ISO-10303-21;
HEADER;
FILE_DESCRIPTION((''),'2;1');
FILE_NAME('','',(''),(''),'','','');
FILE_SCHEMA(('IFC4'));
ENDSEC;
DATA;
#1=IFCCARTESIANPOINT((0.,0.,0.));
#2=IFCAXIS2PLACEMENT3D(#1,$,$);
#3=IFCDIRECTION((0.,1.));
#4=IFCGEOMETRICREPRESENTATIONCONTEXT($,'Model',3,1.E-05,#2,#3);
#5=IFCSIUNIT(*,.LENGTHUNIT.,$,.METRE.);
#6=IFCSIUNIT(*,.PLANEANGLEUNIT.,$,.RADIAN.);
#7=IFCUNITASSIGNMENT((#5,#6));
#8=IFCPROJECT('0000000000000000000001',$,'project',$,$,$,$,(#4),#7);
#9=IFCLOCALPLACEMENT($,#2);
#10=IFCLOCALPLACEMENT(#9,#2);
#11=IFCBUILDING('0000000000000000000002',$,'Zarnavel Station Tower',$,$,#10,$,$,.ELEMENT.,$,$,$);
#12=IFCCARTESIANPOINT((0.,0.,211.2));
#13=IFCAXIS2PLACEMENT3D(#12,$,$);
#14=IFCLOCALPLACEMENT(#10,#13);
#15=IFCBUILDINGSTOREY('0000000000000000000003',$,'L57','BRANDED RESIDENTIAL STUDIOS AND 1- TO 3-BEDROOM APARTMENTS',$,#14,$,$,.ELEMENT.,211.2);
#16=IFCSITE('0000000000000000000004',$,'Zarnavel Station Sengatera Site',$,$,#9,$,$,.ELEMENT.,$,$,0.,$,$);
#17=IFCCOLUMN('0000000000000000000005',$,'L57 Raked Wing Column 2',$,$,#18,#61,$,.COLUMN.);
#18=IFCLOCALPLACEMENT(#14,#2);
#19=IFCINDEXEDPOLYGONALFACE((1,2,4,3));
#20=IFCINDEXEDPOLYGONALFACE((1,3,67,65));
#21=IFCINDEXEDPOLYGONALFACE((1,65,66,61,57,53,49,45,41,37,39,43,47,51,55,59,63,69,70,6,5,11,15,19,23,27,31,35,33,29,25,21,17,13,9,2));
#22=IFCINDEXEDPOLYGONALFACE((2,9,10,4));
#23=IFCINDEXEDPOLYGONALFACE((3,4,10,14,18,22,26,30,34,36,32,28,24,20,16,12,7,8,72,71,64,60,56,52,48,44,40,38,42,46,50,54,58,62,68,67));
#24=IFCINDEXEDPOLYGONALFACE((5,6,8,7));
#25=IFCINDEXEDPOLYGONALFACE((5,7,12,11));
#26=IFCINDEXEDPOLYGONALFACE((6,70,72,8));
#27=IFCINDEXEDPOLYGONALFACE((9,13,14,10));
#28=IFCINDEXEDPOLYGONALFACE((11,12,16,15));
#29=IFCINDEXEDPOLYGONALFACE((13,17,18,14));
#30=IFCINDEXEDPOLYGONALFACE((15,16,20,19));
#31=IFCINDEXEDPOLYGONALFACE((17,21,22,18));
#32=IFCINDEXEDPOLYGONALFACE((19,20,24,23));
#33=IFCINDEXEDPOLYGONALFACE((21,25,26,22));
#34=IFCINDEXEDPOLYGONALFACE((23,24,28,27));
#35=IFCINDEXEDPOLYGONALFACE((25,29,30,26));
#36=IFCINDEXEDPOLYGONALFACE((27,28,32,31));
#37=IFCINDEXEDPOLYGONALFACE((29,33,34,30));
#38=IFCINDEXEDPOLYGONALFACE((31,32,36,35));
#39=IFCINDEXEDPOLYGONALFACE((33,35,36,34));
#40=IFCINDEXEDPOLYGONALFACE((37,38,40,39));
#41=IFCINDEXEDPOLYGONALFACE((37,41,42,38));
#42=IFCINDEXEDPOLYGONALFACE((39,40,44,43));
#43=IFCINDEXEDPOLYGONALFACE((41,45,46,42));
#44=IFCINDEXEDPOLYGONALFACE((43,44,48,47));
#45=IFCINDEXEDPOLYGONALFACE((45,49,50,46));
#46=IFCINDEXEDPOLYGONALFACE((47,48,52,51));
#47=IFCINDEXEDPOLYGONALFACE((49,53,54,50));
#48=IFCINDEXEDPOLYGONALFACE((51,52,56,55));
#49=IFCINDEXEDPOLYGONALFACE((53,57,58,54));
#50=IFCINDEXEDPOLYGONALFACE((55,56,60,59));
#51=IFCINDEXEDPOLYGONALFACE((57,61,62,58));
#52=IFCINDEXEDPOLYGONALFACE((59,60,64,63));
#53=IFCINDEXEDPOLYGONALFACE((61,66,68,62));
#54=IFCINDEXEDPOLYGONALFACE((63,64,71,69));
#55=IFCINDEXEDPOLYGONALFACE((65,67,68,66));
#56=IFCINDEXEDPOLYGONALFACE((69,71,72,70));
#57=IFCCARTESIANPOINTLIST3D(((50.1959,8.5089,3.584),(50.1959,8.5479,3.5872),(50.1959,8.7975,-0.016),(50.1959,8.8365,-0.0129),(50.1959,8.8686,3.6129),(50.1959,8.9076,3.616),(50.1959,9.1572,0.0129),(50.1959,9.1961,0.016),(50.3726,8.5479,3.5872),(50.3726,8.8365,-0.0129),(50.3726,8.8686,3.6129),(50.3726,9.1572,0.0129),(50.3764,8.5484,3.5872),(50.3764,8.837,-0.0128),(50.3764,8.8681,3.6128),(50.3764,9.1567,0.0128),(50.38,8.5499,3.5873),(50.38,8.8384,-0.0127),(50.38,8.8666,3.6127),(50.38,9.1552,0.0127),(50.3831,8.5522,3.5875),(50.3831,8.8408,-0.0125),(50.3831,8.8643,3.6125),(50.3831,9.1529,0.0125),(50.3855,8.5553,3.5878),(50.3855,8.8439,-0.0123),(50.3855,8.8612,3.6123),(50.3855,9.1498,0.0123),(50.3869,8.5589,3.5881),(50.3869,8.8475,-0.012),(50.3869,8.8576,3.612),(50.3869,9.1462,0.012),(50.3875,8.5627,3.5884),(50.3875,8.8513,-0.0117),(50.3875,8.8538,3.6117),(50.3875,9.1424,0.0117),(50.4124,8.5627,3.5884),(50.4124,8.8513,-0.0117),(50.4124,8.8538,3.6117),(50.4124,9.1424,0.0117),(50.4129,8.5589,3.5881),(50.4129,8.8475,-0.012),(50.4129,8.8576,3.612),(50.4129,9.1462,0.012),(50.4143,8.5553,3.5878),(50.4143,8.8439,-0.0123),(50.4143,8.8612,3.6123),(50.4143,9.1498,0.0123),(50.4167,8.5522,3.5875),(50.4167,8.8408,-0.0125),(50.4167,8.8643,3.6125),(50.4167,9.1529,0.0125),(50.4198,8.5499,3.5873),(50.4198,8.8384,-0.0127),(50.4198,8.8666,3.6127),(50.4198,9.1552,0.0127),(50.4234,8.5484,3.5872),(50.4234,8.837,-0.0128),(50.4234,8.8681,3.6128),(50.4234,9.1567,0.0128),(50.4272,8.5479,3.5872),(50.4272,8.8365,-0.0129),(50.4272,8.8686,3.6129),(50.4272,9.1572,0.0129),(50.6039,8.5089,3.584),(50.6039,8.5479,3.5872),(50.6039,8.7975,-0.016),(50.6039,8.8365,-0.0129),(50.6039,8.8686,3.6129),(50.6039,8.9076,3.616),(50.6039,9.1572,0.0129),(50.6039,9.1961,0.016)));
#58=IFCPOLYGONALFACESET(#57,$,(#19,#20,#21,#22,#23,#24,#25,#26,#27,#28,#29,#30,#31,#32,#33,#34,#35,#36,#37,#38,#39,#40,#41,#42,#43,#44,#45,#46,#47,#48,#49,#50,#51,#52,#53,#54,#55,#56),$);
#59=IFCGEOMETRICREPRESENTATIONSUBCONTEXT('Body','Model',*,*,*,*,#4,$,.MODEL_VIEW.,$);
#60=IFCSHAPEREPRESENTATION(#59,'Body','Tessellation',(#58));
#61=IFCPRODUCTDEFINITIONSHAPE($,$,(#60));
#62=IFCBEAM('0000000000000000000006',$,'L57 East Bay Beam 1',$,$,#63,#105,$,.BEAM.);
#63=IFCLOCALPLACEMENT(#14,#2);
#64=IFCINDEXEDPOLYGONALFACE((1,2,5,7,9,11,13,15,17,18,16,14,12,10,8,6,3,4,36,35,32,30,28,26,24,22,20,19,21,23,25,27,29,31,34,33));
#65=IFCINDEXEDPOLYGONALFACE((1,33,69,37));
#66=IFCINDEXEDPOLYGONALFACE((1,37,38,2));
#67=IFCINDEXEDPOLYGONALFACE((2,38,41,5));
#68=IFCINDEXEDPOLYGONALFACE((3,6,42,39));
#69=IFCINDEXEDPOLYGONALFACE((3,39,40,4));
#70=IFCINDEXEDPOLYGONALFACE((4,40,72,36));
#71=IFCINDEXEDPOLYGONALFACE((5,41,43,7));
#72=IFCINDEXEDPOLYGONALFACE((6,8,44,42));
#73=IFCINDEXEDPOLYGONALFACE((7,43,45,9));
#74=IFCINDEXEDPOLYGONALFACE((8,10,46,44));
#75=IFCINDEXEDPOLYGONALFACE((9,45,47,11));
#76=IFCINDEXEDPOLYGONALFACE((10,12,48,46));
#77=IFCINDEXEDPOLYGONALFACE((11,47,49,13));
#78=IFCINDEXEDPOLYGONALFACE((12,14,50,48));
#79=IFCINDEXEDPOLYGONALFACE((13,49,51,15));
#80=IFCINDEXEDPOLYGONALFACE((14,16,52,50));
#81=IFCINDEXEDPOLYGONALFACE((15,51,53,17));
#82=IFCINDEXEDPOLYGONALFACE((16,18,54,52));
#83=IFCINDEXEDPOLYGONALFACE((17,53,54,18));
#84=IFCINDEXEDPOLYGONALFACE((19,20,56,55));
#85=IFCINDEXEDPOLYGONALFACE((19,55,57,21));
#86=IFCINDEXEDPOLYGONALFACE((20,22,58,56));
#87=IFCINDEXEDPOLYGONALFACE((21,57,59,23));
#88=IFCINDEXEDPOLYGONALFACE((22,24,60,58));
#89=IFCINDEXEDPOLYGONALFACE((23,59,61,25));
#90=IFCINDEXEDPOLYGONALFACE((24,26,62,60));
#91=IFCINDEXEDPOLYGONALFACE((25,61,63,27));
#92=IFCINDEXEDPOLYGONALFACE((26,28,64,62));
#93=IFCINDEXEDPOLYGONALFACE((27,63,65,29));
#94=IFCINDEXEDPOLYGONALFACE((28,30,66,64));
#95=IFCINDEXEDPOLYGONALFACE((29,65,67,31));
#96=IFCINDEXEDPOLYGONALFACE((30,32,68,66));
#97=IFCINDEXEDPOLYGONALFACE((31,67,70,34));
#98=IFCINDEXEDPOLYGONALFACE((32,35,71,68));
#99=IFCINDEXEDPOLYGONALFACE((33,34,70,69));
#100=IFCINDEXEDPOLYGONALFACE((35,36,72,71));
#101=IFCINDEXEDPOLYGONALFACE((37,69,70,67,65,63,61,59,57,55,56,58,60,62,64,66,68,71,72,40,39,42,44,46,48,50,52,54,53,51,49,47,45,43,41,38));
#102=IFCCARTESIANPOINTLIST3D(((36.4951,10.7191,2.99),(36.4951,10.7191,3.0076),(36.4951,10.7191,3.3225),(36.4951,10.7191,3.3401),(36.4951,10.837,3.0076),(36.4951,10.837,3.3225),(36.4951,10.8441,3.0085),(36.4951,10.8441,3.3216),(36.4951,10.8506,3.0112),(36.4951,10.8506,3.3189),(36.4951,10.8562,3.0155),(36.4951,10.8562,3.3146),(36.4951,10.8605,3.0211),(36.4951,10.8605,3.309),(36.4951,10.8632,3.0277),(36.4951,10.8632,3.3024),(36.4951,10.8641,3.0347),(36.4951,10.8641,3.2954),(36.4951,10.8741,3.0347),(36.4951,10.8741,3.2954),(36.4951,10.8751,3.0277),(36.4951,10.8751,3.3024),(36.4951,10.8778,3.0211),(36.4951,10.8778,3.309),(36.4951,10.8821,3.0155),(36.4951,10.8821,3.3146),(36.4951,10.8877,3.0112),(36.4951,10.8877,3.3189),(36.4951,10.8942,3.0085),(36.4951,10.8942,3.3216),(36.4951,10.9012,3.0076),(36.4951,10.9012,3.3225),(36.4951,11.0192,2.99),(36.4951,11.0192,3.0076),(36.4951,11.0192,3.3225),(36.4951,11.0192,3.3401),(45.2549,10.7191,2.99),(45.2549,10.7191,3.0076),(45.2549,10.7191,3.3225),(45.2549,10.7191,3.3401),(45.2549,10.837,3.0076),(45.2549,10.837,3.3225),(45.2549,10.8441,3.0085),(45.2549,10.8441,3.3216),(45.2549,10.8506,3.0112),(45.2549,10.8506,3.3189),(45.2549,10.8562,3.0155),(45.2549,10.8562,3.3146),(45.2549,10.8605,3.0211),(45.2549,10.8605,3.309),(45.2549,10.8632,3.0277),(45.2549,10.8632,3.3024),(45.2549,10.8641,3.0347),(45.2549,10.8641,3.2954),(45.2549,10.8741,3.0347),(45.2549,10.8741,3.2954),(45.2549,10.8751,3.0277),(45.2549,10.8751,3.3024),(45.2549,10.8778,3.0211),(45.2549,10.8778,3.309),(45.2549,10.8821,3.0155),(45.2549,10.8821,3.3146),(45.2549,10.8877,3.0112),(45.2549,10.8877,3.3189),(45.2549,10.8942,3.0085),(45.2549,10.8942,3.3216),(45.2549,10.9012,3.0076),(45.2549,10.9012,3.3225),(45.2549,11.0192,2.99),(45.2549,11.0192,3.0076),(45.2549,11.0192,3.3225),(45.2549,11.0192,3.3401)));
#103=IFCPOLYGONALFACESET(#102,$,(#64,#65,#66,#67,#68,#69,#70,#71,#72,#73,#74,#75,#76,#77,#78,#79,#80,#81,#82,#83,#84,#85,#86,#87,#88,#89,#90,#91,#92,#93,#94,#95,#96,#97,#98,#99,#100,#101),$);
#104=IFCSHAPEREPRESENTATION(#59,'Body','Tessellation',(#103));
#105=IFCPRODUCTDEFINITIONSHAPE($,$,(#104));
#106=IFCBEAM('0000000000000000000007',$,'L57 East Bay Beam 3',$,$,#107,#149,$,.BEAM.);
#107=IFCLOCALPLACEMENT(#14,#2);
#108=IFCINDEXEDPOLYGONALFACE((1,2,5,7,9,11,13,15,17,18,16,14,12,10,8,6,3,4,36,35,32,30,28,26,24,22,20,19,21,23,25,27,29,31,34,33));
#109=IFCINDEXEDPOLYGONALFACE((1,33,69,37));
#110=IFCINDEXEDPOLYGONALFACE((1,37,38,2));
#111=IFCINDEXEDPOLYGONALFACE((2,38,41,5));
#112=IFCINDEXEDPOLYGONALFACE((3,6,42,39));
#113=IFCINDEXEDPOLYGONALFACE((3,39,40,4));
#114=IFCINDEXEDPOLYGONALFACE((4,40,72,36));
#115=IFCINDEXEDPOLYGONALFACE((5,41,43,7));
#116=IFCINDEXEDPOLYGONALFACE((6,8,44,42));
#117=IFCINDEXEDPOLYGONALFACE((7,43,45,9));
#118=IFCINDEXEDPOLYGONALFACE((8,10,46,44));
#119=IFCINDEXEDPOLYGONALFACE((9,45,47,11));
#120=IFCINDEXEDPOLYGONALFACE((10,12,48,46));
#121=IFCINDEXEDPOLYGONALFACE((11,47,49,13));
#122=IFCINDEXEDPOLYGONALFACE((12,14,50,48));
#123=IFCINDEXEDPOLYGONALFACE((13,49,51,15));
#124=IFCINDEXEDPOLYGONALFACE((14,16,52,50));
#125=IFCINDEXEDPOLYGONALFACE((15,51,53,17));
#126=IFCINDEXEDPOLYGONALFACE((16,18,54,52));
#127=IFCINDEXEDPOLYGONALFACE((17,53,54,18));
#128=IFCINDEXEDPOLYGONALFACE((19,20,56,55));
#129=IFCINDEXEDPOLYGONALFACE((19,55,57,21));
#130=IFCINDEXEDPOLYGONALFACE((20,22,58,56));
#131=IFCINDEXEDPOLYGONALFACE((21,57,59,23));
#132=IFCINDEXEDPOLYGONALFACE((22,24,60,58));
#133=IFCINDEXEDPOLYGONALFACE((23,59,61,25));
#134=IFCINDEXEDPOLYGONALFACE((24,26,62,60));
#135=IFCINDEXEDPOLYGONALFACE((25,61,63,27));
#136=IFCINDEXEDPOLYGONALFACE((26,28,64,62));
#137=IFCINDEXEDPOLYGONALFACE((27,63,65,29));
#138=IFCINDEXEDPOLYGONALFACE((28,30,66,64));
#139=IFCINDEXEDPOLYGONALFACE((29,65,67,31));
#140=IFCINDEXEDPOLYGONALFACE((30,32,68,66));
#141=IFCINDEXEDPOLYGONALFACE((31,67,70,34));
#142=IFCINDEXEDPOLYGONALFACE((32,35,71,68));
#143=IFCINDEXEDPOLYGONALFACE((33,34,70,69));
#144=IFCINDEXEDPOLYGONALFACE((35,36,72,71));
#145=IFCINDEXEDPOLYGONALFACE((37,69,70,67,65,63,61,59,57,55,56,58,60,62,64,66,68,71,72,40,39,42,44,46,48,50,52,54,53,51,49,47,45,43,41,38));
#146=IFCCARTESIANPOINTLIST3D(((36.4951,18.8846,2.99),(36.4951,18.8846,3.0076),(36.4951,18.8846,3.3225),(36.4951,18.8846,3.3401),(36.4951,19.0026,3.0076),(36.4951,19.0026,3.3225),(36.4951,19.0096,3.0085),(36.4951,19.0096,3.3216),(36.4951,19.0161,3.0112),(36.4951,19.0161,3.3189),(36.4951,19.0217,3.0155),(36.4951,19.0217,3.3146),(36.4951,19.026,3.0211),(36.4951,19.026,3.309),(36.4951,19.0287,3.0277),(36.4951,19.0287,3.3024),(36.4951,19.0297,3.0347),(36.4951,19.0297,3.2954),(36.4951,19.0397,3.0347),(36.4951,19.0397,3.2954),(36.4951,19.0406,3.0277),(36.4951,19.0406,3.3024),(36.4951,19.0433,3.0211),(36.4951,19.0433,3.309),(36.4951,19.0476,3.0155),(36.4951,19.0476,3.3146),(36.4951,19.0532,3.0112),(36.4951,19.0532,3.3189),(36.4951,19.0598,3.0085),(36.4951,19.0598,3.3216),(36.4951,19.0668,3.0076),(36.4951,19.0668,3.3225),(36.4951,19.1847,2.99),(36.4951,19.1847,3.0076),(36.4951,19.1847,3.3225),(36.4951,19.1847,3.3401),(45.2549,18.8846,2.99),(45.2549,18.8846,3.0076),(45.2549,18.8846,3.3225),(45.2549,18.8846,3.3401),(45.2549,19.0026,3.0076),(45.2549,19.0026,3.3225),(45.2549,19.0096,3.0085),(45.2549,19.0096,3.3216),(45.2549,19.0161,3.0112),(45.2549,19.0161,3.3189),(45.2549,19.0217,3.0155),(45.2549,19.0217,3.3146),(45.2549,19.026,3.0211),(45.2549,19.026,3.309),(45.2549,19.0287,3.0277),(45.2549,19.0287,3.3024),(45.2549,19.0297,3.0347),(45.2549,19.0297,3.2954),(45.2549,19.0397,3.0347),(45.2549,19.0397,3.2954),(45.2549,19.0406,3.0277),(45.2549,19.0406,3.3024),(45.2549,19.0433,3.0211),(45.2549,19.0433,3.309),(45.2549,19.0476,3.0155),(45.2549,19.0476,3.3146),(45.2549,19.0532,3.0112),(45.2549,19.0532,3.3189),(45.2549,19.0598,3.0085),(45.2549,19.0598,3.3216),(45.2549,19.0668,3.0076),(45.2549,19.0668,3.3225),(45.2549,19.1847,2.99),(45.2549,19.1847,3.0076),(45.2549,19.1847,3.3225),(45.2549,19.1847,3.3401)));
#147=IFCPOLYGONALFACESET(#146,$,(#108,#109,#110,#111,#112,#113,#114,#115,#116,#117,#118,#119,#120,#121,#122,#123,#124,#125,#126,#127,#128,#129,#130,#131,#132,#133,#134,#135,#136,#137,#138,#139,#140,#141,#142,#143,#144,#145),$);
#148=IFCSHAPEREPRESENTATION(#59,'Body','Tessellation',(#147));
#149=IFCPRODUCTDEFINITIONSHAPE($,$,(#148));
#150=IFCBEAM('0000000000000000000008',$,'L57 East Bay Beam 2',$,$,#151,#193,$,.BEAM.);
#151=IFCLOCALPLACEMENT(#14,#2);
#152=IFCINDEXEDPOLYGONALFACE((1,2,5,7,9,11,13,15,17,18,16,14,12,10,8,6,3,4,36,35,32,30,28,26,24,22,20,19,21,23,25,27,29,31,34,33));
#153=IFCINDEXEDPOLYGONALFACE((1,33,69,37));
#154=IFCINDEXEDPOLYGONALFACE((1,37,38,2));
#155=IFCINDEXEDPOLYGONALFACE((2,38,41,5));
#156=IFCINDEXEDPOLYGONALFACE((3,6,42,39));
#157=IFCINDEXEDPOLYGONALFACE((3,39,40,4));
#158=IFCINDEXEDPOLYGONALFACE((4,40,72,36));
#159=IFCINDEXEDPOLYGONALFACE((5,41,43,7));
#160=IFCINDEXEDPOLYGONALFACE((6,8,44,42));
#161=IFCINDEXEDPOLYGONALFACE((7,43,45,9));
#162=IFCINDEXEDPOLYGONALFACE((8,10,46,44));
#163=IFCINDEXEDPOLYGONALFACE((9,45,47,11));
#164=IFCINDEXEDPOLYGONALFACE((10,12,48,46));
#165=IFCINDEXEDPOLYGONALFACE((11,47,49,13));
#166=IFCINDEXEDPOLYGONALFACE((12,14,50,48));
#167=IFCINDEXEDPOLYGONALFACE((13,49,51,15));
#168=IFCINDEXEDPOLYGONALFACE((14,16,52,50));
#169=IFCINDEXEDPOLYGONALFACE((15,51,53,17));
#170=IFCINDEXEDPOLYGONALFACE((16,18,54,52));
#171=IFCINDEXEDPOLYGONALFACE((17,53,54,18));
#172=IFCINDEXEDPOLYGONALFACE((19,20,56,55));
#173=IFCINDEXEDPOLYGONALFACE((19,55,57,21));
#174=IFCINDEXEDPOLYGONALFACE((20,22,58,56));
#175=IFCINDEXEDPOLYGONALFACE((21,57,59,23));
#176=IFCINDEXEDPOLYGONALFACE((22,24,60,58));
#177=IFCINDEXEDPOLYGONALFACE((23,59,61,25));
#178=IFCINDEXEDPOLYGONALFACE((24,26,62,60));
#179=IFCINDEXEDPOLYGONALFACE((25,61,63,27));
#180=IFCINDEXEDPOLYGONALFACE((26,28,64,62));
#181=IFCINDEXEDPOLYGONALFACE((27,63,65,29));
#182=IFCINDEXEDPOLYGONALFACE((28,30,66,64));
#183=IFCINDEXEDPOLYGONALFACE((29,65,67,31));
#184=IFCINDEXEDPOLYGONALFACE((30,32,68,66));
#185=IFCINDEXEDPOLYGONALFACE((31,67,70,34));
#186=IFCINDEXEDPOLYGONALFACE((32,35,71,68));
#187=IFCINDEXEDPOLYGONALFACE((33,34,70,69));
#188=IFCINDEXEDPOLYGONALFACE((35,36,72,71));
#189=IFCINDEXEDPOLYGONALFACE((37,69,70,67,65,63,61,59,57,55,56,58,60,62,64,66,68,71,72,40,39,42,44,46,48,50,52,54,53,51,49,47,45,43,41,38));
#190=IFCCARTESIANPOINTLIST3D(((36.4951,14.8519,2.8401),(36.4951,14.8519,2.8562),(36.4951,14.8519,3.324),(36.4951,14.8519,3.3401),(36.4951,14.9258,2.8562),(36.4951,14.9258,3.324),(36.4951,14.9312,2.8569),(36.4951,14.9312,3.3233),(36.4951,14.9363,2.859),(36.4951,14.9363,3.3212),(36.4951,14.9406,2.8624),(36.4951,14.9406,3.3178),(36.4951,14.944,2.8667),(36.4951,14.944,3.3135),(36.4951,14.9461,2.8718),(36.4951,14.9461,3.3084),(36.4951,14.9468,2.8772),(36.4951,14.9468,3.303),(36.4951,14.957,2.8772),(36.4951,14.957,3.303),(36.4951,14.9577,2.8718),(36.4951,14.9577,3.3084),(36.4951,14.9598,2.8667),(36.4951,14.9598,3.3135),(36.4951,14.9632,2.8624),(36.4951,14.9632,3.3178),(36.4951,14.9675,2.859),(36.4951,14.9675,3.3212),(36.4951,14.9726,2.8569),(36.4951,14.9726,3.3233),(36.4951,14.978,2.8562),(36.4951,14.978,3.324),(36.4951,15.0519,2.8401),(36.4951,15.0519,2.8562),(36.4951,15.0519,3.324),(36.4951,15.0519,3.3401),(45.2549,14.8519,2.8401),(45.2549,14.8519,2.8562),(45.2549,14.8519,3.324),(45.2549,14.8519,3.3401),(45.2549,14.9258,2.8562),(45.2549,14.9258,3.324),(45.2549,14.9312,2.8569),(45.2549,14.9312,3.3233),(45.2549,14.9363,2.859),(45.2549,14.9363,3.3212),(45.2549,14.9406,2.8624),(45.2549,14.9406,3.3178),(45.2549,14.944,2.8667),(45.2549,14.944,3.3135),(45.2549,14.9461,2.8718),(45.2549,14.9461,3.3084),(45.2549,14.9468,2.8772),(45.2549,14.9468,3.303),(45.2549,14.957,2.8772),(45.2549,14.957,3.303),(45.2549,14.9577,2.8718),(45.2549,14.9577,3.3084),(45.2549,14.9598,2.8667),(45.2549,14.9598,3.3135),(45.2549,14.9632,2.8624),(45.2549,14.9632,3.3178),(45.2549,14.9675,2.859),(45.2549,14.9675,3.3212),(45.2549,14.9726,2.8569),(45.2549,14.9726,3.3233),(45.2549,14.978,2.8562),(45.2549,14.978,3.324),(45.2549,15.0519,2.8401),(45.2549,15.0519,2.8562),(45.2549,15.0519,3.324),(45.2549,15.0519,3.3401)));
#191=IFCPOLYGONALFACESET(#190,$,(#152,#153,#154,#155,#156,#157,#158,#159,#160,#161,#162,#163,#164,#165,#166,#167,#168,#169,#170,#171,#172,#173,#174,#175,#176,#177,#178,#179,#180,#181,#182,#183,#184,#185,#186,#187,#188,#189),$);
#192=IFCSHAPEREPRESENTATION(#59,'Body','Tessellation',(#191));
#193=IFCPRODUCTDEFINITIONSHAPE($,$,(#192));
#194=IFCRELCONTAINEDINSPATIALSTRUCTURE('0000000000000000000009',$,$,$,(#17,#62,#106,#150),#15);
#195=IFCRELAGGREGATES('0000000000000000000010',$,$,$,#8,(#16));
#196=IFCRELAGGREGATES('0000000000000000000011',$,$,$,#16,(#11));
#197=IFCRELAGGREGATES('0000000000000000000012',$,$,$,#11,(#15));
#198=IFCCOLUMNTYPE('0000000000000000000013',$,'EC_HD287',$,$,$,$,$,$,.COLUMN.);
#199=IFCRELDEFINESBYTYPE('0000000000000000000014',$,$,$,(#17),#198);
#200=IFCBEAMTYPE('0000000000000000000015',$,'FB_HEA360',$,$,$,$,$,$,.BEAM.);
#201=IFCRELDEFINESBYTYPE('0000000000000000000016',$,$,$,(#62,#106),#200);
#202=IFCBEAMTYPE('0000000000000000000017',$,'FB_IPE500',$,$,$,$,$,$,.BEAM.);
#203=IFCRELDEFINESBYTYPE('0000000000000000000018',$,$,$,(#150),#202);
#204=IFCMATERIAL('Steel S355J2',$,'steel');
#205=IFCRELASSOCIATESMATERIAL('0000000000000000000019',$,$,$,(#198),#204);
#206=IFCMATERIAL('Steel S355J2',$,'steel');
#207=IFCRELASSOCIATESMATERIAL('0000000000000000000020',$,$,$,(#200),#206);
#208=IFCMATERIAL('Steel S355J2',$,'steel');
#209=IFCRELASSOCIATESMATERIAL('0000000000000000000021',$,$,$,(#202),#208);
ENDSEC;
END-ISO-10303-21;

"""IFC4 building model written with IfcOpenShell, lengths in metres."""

from ifc_helpers import new_model, si_unit, direction, frame, origin, origin_2d, place, context, subcontext, project, spatial, i_section, extrude, material, material_profile, profile_set, type_object, element, save


model = new_model("IFC4")

# Units and contexts
model_context = context("Model", 3, precision=1e-05, world=origin(), true_north=direction((0.0, 1.0)))
body_context = subcontext(model_context, "Body", "Model", "MODEL_VIEW")
ifc_project = project(units=[si_unit("LENGTHUNIT", "METRE"), si_unit("PLANEANGLEUNIT", "RADIAN")], contexts=[model_context])

# Site, building, storey
site_placement = place(None, origin())
site = spatial("IfcSite", under=ifc_project, at=site_placement, Name="Zarnavel Station Sengatera Site", CompositionType="ELEMENT", RefElevation=0.0)
building_placement = place(site_placement, origin())
building = spatial("IfcBuilding", under=site, at=building_placement, Name="Zarnavel Station Tower", CompositionType="ELEMENT")
storey_placement = place(building_placement, frame((0.0, 0.0, 211.2)))
storey = spatial("IfcBuildingStorey", under=building, at=storey_placement, Name="L57", Description="BRANDED RESIDENTIAL STUDIOS AND 1- TO 3-BEDROOM APARTMENTS", CompositionType="ELEMENT", Elevation=211.2)

# Column
ifc_material_1 = material(Name="Steel S355J2", Category="steel")
ifc_material_profile_1 = material_profile(ifc_material_1, i_section(OverallWidth=0.408, OverallDepth=0.3999, WebThickness=0.0249, FlangeThickness=0.0391, FilletRadius=0.0149, at=origin_2d()), Name="HD400x287")
ifc_profile_set_1 = profile_set([ifc_material_profile_1], Name="Steel S355J2")
column_type = type_object("IfcColumnType", Name="EC_HD287", PredefinedType="COLUMN", material=ifc_profile_set_1)
column_placement = place(storey_placement, frame((50.3999, 8.9968, 0.0), z_axis=(0.0, -0.079901, 0.996803), x_axis=(1.0, 0.0, 0.0)))
element("IfcColumn", 1, at=column_placement, inside=storey, type_object=column_type, Name="L57 Raked Wing Column 2", PredefinedType="COLUMN", context=body_context, shape_type="SweptSolid", body=[
    extrude(i_section(OverallWidth=0.408, OverallDepth=0.3999, WebThickness=0.0249, FlangeThickness=0.0391, FilletRadius=0.0149, at=origin_2d()), origin(), (0.0, 0.0, 1.0), 3.6116),
])

# Beams
ifc_material_2 = material(Name="Steel S355J2", Category="steel")
ifc_material_profile_2 = material_profile(ifc_material_2, i_section(OverallWidth=0.3, OverallDepth=0.3501, WebThickness=0.01, FlangeThickness=0.0176, FilletRadius=0.0271, at=origin_2d()), Name="HEA360")
ifc_profile_set_2 = profile_set([ifc_material_profile_2], Name="Steel S355J2")
beam_type_1 = type_object("IfcBeamType", Name="FB_HEA360", PredefinedType="BEAM", material=ifc_profile_set_2)
for number, where, z_axis, x_axis, name in (
    (2, (36.4951, 10.8691, 3.165), (1.0, 0.0, 0.0), (0.0, 1.0, 0.0), "L57 East Bay Beam 1"),
    (3, (36.4951, 19.0347, 3.165), (1.0, 0.0, 0.0), (0.0, 1.0, 0.0), "L57 East Bay Beam 3"),
):
    element("IfcBeam", number, at=place(storey_placement, frame(where, z_axis=z_axis, x_axis=x_axis)), inside=storey, type_object=beam_type_1, Name=name, PredefinedType="BEAM", context=body_context, shape_type="SweptSolid", body=[
        extrude(i_section(OverallWidth=0.3, OverallDepth=0.3501, WebThickness=0.01, FlangeThickness=0.0176, FilletRadius=0.0271, at=origin_2d()), origin(), (0.0, 0.0, 1.0), 8.7598),
    ])
ifc_material_3 = material(Name="Steel S355J2", Category="steel")
ifc_material_profile_3 = material_profile(ifc_material_3, i_section(OverallWidth=0.2, OverallDepth=0.5, WebThickness=0.0103, FlangeThickness=0.0161, FilletRadius=0.021, at=origin_2d()), Name="IPE500")
ifc_profile_set_3 = profile_set([ifc_material_profile_3], Name="Steel S355J2")
beam_type_2 = type_object("IfcBeamType", Name="FB_IPE500", PredefinedType="BEAM", material=ifc_profile_set_3)
for number, where, z_axis, x_axis, name in (
    (4, (36.4951, 14.9519, 3.0901), (1.0, 0.0, 0.0), (0.0, 1.0, 0.0), "L57 East Bay Beam 2"),
):
    element("IfcBeam", number, at=place(storey_placement, frame(where, z_axis=z_axis, x_axis=x_axis)), inside=storey, type_object=beam_type_2, Name=name, PredefinedType="BEAM", context=body_context, shape_type="SweptSolid", body=[
        extrude(i_section(OverallWidth=0.2, OverallDepth=0.5, WebThickness=0.0103, FlangeThickness=0.0161, FilletRadius=0.021, at=origin_2d()), origin(), (0.0, 0.0, 1.0), 8.7598),
    ])

save(model, "model.ifc")
